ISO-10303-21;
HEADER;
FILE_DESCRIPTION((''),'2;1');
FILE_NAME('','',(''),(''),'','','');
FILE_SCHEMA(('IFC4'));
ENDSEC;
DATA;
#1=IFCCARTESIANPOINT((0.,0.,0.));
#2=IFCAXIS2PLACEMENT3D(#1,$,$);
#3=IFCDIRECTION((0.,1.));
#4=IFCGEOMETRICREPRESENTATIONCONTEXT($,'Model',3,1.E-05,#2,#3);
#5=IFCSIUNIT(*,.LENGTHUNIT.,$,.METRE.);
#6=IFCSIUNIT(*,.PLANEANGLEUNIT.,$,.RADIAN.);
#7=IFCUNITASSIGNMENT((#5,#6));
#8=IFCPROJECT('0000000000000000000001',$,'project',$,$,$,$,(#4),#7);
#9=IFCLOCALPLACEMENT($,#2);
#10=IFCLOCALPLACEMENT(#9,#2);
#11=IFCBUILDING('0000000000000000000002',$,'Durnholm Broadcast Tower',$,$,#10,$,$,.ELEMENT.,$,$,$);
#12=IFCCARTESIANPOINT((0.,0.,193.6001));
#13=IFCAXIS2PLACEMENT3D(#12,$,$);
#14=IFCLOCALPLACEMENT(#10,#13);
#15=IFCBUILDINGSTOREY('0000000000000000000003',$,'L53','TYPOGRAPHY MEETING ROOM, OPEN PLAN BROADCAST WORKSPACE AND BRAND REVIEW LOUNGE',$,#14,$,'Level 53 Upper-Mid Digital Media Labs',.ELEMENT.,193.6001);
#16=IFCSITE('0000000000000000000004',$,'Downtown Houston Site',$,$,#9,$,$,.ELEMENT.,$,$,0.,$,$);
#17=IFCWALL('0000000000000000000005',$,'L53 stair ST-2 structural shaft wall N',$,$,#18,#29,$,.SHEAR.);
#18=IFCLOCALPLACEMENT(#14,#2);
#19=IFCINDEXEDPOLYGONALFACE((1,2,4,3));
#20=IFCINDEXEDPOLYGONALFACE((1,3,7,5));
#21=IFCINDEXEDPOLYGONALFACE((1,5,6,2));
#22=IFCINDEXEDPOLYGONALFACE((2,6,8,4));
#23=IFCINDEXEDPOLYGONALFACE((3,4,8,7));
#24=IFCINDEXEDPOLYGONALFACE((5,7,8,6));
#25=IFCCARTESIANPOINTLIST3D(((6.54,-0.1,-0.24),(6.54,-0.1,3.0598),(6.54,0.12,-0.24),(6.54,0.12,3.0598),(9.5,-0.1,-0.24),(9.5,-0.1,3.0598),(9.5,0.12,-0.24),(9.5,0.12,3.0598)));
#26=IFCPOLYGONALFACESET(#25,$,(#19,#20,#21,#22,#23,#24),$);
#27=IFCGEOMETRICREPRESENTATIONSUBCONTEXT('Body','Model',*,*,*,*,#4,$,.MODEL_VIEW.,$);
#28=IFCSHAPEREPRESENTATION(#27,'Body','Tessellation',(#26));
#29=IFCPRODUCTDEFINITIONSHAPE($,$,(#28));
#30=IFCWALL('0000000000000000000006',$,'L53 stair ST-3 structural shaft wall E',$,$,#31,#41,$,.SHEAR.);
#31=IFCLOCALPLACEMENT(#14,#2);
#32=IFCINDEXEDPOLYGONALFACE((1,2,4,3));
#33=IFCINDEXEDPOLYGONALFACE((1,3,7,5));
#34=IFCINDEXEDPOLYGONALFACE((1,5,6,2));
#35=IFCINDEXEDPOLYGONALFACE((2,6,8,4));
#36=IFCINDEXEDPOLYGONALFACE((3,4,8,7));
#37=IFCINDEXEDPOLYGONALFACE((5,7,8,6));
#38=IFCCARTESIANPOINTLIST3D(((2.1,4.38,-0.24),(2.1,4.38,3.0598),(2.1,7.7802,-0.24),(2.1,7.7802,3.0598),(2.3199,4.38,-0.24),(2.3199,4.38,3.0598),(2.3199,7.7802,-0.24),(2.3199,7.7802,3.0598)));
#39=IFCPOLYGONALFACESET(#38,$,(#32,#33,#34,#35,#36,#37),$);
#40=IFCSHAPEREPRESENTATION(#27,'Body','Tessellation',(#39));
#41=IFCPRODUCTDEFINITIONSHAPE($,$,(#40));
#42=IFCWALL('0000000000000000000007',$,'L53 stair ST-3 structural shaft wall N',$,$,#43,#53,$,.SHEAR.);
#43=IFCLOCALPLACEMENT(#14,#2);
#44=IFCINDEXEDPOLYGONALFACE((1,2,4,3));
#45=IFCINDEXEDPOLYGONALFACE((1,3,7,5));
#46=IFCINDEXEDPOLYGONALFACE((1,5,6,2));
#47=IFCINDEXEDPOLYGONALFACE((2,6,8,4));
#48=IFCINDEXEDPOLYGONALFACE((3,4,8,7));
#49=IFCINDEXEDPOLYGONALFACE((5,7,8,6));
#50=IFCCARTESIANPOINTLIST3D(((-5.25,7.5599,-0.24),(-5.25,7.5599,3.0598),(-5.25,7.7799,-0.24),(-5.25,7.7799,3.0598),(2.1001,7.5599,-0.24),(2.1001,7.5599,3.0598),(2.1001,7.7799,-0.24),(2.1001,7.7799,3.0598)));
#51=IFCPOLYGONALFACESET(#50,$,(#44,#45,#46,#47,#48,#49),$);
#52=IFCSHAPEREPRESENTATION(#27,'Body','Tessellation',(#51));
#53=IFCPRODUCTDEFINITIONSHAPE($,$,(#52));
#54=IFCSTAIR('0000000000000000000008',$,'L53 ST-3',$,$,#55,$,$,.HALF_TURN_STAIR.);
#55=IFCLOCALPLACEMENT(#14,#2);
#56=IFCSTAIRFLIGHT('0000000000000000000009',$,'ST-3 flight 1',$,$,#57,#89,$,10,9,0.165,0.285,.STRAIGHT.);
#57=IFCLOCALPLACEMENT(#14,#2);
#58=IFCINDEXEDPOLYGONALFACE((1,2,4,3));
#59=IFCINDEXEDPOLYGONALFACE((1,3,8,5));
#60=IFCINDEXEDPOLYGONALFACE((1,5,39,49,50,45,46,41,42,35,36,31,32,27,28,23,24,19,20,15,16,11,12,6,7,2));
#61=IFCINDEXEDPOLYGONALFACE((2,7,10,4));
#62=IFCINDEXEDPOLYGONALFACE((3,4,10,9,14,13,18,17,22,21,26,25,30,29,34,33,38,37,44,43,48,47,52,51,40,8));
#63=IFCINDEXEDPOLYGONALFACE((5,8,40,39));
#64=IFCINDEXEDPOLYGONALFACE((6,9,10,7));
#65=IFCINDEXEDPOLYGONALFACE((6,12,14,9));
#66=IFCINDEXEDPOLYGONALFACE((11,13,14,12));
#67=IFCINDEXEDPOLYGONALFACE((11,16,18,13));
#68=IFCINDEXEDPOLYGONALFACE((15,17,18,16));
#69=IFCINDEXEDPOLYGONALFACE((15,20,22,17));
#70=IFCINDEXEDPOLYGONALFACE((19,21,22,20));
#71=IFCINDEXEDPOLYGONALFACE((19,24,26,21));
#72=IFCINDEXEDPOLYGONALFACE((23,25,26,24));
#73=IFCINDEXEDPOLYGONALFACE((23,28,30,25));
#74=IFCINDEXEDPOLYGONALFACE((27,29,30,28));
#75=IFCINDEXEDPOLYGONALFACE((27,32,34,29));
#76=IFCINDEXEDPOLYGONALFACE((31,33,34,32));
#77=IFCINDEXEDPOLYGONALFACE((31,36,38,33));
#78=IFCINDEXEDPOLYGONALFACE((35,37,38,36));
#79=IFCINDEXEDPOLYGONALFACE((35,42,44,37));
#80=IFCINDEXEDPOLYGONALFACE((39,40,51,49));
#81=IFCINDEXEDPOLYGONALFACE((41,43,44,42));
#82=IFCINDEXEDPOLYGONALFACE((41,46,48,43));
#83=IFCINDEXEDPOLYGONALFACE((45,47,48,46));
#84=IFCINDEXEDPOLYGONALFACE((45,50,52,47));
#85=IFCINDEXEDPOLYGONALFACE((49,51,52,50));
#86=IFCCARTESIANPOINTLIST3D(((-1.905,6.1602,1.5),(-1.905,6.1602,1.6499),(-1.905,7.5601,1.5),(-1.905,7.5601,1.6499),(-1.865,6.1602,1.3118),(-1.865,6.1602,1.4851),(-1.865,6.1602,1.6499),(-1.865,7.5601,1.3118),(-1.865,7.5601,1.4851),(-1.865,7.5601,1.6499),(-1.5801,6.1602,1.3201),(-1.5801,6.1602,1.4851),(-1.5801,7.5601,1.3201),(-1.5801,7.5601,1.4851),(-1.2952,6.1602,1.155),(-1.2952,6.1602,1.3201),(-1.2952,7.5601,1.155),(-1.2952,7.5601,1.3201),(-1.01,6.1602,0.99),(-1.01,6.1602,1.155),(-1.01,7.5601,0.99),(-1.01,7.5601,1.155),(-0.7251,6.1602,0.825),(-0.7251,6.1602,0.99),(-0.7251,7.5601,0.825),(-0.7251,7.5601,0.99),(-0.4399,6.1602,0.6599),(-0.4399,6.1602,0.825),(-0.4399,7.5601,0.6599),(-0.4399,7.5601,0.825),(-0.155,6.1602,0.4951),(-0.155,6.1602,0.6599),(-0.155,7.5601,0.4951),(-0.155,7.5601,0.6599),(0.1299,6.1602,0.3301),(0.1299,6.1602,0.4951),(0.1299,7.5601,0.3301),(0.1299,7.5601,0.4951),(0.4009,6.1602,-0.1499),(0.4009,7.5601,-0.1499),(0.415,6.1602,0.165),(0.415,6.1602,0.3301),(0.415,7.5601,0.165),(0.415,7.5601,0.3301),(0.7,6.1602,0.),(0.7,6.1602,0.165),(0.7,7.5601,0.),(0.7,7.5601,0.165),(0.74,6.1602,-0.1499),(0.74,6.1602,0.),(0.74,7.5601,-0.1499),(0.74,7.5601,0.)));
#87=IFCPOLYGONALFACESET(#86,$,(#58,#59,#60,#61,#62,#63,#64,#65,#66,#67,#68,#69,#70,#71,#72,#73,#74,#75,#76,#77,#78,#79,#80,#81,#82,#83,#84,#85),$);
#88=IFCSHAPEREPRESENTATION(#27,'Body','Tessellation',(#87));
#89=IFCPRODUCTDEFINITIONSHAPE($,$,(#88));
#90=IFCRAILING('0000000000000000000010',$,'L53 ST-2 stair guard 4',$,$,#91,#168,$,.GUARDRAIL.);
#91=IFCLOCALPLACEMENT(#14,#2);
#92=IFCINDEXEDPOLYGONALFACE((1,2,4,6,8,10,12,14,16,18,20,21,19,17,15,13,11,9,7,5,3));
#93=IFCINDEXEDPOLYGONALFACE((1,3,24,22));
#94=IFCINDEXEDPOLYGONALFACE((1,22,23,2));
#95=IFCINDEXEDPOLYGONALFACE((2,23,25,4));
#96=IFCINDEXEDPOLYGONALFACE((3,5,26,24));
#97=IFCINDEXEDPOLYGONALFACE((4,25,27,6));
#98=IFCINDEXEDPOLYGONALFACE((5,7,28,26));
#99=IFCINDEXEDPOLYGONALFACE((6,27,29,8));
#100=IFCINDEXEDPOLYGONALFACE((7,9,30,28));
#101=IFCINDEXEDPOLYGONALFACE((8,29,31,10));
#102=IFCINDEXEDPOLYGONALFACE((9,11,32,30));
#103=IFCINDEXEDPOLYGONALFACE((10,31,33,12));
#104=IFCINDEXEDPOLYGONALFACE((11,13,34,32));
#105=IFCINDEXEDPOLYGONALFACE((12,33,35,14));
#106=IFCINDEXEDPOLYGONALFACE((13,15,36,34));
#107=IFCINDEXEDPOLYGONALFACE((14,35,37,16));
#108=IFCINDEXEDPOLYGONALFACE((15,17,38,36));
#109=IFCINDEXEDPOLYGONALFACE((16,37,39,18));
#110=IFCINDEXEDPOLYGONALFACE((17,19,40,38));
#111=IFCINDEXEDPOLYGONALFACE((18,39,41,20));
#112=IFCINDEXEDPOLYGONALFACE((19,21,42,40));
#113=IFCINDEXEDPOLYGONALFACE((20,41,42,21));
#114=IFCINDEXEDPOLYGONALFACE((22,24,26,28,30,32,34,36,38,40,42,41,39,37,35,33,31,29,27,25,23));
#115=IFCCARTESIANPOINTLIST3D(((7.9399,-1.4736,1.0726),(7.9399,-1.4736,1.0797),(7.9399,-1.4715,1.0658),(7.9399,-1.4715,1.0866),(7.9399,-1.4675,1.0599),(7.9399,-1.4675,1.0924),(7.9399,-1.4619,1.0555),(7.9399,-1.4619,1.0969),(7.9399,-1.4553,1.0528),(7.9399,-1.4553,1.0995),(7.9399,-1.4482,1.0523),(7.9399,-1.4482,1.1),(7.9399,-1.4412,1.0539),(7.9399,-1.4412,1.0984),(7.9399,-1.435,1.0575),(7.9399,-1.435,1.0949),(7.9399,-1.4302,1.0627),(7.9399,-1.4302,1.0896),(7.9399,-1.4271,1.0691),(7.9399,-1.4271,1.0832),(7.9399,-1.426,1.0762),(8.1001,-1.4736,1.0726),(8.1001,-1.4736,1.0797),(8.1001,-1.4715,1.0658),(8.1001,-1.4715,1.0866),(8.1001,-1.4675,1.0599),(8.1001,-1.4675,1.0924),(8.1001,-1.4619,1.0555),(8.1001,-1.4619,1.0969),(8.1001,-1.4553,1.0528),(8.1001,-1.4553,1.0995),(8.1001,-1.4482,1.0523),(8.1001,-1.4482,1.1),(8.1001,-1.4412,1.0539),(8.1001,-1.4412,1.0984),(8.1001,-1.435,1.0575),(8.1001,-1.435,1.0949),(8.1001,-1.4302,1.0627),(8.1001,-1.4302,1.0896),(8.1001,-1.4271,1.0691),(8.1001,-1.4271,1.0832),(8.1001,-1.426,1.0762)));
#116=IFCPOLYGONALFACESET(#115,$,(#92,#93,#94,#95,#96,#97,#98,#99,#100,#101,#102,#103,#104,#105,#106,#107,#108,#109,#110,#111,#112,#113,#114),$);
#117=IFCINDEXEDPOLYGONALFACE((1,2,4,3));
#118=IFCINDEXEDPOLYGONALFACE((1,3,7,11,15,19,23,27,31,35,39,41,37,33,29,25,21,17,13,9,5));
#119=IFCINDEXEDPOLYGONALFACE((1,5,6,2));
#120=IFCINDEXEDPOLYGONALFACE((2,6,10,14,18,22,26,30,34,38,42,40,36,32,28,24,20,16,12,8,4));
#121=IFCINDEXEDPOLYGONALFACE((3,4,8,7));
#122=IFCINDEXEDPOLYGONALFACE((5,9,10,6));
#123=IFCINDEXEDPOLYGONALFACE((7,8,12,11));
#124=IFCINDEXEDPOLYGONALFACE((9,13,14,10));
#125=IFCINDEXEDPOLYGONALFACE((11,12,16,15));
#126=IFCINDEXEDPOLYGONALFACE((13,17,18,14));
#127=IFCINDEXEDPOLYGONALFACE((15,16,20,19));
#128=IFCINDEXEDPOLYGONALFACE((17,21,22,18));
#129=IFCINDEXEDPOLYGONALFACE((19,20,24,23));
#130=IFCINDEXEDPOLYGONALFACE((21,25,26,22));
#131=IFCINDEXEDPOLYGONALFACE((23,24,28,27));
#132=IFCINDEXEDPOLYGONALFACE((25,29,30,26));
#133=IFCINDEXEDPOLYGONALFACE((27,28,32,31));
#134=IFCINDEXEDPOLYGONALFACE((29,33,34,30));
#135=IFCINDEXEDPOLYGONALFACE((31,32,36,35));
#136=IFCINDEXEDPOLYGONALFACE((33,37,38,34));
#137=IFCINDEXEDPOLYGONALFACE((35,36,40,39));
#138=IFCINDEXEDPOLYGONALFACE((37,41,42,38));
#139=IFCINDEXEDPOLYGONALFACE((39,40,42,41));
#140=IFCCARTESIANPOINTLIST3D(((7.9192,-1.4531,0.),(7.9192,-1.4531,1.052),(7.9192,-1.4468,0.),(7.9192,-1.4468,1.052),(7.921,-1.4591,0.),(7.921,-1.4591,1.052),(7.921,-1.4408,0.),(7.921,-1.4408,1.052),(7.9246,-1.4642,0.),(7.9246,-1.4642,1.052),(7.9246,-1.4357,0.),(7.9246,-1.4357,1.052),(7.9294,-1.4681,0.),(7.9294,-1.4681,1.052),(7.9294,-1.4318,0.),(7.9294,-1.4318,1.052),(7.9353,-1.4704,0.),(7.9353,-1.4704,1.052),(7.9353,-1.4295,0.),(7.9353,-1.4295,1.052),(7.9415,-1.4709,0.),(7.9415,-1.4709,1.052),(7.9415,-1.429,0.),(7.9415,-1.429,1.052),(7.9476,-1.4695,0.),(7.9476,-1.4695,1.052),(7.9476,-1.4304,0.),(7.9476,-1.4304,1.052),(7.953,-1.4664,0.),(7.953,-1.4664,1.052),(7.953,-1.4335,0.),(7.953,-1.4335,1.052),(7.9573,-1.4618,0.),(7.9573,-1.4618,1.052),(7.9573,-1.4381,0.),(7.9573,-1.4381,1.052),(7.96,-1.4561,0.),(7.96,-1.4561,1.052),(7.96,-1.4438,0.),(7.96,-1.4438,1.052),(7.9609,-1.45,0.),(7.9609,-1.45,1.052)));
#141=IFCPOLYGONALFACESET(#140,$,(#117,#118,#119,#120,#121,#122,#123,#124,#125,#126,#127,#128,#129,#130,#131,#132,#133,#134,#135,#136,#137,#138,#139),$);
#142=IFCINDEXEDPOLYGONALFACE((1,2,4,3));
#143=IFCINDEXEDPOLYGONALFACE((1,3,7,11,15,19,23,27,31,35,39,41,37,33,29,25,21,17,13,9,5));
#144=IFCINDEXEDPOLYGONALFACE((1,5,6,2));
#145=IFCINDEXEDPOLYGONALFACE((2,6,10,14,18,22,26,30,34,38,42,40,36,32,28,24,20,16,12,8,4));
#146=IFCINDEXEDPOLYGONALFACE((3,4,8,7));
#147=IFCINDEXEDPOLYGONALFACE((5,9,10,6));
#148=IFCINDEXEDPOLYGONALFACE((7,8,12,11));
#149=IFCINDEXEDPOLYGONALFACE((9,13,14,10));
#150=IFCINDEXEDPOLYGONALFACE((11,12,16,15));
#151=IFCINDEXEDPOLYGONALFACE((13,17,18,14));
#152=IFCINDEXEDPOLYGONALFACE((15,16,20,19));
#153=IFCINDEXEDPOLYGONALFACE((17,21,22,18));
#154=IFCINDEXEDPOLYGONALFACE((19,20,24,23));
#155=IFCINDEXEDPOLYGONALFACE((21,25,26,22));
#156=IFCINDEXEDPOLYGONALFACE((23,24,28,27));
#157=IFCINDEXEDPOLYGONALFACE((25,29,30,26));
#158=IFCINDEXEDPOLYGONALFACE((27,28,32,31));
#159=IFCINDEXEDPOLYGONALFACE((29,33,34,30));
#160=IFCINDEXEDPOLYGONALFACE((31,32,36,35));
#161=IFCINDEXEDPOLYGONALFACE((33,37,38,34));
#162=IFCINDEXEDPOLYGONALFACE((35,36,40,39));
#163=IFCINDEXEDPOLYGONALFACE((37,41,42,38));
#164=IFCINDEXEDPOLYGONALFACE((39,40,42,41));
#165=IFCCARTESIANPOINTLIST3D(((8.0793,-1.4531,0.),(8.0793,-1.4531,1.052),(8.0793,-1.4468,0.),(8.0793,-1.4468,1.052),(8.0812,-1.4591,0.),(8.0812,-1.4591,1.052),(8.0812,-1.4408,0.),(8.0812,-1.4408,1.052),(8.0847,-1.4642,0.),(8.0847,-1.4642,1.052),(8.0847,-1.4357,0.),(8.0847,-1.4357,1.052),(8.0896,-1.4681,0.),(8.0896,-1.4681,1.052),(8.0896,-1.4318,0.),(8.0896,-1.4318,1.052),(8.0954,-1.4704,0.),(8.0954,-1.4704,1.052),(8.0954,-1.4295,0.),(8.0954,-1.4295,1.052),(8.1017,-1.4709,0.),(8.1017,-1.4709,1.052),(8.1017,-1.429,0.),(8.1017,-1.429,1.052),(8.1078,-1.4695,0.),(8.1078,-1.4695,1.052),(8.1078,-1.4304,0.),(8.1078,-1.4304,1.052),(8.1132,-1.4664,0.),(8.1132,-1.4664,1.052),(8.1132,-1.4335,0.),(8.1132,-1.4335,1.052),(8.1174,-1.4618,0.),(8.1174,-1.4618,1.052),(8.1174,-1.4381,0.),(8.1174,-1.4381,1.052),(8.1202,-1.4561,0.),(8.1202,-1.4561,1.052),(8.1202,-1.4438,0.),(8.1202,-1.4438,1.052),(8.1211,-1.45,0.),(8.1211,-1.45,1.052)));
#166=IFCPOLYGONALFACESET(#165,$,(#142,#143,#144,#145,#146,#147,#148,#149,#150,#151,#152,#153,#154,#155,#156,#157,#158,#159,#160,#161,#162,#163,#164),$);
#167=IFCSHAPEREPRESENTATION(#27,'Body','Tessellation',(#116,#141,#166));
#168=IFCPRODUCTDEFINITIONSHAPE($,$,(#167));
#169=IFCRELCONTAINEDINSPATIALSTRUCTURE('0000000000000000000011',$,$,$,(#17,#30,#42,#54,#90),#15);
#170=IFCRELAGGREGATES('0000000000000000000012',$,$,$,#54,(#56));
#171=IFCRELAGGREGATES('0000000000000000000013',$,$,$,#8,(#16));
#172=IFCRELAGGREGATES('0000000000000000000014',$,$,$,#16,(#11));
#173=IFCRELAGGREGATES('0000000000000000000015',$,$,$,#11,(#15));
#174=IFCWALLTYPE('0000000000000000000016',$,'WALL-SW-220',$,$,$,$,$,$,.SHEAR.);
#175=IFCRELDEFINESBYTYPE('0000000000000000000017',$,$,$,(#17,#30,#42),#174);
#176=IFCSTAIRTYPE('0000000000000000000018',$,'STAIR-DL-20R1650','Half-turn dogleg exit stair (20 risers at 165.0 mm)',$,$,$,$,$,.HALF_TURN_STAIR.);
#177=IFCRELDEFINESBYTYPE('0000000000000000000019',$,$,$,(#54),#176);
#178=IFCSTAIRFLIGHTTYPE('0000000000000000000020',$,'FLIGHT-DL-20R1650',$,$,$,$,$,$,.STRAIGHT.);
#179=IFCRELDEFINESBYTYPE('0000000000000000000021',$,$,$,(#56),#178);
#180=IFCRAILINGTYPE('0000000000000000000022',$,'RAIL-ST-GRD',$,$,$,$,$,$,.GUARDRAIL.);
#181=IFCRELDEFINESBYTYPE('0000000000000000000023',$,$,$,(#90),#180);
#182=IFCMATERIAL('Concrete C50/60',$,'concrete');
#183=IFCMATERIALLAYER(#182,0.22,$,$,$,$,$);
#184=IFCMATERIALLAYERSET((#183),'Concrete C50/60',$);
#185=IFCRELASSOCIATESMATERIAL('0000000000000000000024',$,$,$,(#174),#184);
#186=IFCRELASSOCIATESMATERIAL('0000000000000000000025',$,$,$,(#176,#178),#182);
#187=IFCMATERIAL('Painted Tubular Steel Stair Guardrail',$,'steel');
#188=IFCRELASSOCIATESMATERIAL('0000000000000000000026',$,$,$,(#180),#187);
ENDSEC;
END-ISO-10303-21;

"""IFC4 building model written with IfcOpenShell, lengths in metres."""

from ifc_helpers import new_model, si_unit, direction, frame, frame_2d, origin, origin_2d, place, context, subcontext, project, spatial, polyline, rectangle, circle, outline, extrude, material, layer, layer_set, type_object, element, aggregate, save


model = new_model("IFC4")

# Units and contexts
model_context = context("Model", 3, precision=1e-05, world=origin(), true_north=direction((0.0, 1.0)))
body_context = subcontext(model_context, "Body", "Model", "MODEL_VIEW")
ifc_project = project(units=[si_unit("LENGTHUNIT", "METRE"), si_unit("PLANEANGLEUNIT", "RADIAN")], contexts=[model_context])

# Site, building, storey
site_placement = place(None, origin())
site = spatial("IfcSite", under=ifc_project, at=site_placement, Name="Downtown Houston Site", CompositionType="ELEMENT", RefElevation=0.0)
building_placement = place(site_placement, origin())
building = spatial("IfcBuilding", under=site, at=building_placement, Name="Durnholm Broadcast Tower", CompositionType="ELEMENT")
storey_placement = place(building_placement, frame((0.0, 0.0, 193.6001)))
storey = spatial("IfcBuildingStorey", under=building, at=storey_placement, Name="L53", Description="TYPOGRAPHY MEETING ROOM, OPEN PLAN BROADCAST WORKSPACE AND BRAND REVIEW LOUNGE", LongName="Level 53 Upper-Mid Digital Media Labs", CompositionType="ELEMENT", Elevation=193.6001)

# Shared definitions
ifc_material_1 = material(Name="Concrete C50/60", Category="concrete")
ifc_layer_1 = layer(ifc_material_1, 0.22)
ifc_layer_set_1 = layer_set([ifc_layer_1], Name="Concrete C50/60")
wall_type_1 = type_object("IfcWallType", Name="WALL-SW-220", PredefinedType="SHEAR", material=ifc_layer_set_1)

# Walls
wall_1_placement = place(storey_placement, frame((9.5, 0.01, -0.24), z_axis=(0.0, 0.0, 1.0), x_axis=(-1.0, 0.0, 0.0)))
element("IfcWall", 1, at=wall_1_placement, inside=storey, type_object=wall_type_1, Name="L53 stair ST-2 structural shaft wall N", PredefinedType="SHEAR", context=body_context, shape_type="SweptSolid", body=[
    extrude(rectangle(XDim=2.96, YDim=0.22, at=frame_2d((1.48, 0.0))), origin(), (0.0, 0.0, 1.0), 3.2998),
])
wall_2_placement = place(storey_placement, frame((2.21, 4.3799, -0.24), z_axis=(0.0, 0.0, 1.0), x_axis=(0.0, 1.0, 0.0)))
element("IfcWall", 2, at=wall_2_placement, inside=storey, type_object=wall_type_1, Name="L53 stair ST-3 structural shaft wall E", PredefinedType="SHEAR", context=body_context, shape_type="SweptSolid", body=[
    extrude(rectangle(XDim=3.4001, YDim=0.22, at=frame_2d((1.7002, 0.0))), origin(), (0.0, 0.0, 1.0), 3.2998),
])
wall_3_placement = place(storey_placement, frame((2.1001, 7.6699, -0.24), z_axis=(0.0, 0.0, 1.0), x_axis=(-1.0, 0.0, 0.0)))
element("IfcWall", 3, at=wall_3_placement, inside=storey, type_object=wall_type_1, Name="L53 stair ST-3 structural shaft wall N", PredefinedType="SHEAR", context=body_context, shape_type="SweptSolid", body=[
    extrude(rectangle(XDim=7.3501, YDim=0.22, at=frame_2d((3.675, 0.0))), origin(), (0.0, 0.0, 1.0), 3.2998),
])

# Stair, stair flight
stair_type = type_object("IfcStairType", Name="STAIR-DL-20R1650", Description="Half-turn dogleg exit stair (20 risers at 165.0 mm)", PredefinedType="HALF_TURN_STAIR", material=ifc_material_1)
stair_placement = place(storey_placement, origin())
stair = element("IfcStair", 4, at=stair_placement, inside=storey, type_object=stair_type, Name="L53 ST-3", PredefinedType="HALF_TURN_STAIR")
stair_flight_type = type_object("IfcStairFlightType", Name="FLIGHT-DL-20R1650", PredefinedType="STRAIGHT", material=ifc_material_1)
stair_flight_placement = place(storey_placement, frame((0.7, 6.8601, 0.0), z_axis=(0.0, 0.0, 1.0), x_axis=(-1.0, 0.0, 0.0)))
stair_flight = element("IfcStairFlight", 5, at=stair_flight_placement, type_object=stair_flight_type, Name="ST-3 flight 1", NumberOfRisers=10, NumberOfTreads=9, PredefinedType="STRAIGHT", RiserHeight=0.165, TreadLength=0.285, context=body_context, shape_type="SweptSolid", body=[
    extrude(outline(polyline([(-0.04, -0.1499), (-0.04, 0.0), (0.0, 0.0), (0.0, 0.165), (0.2849, 0.165), (0.2849, 0.3301), (0.5701, 0.3301), (0.5701, 0.4951), (0.855, 0.4951), (0.855, 0.6599), (1.1399, 0.6599), (1.1399, 0.825), (1.425, 0.825), (1.425, 0.99), (1.71, 0.99), (1.71, 1.155), (1.9951, 1.155), (1.9951, 1.3201), (2.28, 1.3201), (2.28, 1.4851), (2.5649, 1.4851), (2.5649, 1.6499), (2.605, 1.6499), (2.605, 1.5), (2.5649, 1.3118), (0.2991, -0.1499), (-0.04, -0.1499)])), frame((0.0, 0.7, 0.0), z_axis=(0.0, -1.0, 0.0), x_axis=(1.0, 0.0, 0.0)), (0.0, 0.0, 1.0), 1.3999),
])
aggregate(stair, [stair_flight])

# Railing
ifc_material_2 = material(Name="Painted Tubular Steel Stair Guardrail", Category="steel")
railing_type_1 = type_object("IfcRailingType", Name="RAIL-ST-GRD", PredefinedType="GUARDRAIL", material=ifc_material_2)
railing_1_placement = place(storey_placement, frame((7.9399, -1.45, 0.0)))
element("IfcRailing", 6, at=railing_1_placement, inside=storey, type_object=railing_type_1, Name="L53 ST-2 stair guard 4", PredefinedType="GUARDRAIL", context=body_context, shape_type="SweptSolid", body=[
    extrude(circle(Radius=0.0239, at=origin_2d()), frame((0.0, 0.0, 1.0762), z_axis=(1.0, 0.0, 0.0), x_axis=(0.0, 1.0, 0.0)), (0.0, 0.0, 1.0), 0.1602),
    extrude(circle(Radius=0.021, at=origin_2d()), origin(), (0.0, 0.0, 1.0), 1.052),
    extrude(circle(Radius=0.021, at=origin_2d()), frame((0.1602, 0.0, 0.0)), (0.0, 0.0, 1.0), 1.052),
])

save(model, "model.ifc")
